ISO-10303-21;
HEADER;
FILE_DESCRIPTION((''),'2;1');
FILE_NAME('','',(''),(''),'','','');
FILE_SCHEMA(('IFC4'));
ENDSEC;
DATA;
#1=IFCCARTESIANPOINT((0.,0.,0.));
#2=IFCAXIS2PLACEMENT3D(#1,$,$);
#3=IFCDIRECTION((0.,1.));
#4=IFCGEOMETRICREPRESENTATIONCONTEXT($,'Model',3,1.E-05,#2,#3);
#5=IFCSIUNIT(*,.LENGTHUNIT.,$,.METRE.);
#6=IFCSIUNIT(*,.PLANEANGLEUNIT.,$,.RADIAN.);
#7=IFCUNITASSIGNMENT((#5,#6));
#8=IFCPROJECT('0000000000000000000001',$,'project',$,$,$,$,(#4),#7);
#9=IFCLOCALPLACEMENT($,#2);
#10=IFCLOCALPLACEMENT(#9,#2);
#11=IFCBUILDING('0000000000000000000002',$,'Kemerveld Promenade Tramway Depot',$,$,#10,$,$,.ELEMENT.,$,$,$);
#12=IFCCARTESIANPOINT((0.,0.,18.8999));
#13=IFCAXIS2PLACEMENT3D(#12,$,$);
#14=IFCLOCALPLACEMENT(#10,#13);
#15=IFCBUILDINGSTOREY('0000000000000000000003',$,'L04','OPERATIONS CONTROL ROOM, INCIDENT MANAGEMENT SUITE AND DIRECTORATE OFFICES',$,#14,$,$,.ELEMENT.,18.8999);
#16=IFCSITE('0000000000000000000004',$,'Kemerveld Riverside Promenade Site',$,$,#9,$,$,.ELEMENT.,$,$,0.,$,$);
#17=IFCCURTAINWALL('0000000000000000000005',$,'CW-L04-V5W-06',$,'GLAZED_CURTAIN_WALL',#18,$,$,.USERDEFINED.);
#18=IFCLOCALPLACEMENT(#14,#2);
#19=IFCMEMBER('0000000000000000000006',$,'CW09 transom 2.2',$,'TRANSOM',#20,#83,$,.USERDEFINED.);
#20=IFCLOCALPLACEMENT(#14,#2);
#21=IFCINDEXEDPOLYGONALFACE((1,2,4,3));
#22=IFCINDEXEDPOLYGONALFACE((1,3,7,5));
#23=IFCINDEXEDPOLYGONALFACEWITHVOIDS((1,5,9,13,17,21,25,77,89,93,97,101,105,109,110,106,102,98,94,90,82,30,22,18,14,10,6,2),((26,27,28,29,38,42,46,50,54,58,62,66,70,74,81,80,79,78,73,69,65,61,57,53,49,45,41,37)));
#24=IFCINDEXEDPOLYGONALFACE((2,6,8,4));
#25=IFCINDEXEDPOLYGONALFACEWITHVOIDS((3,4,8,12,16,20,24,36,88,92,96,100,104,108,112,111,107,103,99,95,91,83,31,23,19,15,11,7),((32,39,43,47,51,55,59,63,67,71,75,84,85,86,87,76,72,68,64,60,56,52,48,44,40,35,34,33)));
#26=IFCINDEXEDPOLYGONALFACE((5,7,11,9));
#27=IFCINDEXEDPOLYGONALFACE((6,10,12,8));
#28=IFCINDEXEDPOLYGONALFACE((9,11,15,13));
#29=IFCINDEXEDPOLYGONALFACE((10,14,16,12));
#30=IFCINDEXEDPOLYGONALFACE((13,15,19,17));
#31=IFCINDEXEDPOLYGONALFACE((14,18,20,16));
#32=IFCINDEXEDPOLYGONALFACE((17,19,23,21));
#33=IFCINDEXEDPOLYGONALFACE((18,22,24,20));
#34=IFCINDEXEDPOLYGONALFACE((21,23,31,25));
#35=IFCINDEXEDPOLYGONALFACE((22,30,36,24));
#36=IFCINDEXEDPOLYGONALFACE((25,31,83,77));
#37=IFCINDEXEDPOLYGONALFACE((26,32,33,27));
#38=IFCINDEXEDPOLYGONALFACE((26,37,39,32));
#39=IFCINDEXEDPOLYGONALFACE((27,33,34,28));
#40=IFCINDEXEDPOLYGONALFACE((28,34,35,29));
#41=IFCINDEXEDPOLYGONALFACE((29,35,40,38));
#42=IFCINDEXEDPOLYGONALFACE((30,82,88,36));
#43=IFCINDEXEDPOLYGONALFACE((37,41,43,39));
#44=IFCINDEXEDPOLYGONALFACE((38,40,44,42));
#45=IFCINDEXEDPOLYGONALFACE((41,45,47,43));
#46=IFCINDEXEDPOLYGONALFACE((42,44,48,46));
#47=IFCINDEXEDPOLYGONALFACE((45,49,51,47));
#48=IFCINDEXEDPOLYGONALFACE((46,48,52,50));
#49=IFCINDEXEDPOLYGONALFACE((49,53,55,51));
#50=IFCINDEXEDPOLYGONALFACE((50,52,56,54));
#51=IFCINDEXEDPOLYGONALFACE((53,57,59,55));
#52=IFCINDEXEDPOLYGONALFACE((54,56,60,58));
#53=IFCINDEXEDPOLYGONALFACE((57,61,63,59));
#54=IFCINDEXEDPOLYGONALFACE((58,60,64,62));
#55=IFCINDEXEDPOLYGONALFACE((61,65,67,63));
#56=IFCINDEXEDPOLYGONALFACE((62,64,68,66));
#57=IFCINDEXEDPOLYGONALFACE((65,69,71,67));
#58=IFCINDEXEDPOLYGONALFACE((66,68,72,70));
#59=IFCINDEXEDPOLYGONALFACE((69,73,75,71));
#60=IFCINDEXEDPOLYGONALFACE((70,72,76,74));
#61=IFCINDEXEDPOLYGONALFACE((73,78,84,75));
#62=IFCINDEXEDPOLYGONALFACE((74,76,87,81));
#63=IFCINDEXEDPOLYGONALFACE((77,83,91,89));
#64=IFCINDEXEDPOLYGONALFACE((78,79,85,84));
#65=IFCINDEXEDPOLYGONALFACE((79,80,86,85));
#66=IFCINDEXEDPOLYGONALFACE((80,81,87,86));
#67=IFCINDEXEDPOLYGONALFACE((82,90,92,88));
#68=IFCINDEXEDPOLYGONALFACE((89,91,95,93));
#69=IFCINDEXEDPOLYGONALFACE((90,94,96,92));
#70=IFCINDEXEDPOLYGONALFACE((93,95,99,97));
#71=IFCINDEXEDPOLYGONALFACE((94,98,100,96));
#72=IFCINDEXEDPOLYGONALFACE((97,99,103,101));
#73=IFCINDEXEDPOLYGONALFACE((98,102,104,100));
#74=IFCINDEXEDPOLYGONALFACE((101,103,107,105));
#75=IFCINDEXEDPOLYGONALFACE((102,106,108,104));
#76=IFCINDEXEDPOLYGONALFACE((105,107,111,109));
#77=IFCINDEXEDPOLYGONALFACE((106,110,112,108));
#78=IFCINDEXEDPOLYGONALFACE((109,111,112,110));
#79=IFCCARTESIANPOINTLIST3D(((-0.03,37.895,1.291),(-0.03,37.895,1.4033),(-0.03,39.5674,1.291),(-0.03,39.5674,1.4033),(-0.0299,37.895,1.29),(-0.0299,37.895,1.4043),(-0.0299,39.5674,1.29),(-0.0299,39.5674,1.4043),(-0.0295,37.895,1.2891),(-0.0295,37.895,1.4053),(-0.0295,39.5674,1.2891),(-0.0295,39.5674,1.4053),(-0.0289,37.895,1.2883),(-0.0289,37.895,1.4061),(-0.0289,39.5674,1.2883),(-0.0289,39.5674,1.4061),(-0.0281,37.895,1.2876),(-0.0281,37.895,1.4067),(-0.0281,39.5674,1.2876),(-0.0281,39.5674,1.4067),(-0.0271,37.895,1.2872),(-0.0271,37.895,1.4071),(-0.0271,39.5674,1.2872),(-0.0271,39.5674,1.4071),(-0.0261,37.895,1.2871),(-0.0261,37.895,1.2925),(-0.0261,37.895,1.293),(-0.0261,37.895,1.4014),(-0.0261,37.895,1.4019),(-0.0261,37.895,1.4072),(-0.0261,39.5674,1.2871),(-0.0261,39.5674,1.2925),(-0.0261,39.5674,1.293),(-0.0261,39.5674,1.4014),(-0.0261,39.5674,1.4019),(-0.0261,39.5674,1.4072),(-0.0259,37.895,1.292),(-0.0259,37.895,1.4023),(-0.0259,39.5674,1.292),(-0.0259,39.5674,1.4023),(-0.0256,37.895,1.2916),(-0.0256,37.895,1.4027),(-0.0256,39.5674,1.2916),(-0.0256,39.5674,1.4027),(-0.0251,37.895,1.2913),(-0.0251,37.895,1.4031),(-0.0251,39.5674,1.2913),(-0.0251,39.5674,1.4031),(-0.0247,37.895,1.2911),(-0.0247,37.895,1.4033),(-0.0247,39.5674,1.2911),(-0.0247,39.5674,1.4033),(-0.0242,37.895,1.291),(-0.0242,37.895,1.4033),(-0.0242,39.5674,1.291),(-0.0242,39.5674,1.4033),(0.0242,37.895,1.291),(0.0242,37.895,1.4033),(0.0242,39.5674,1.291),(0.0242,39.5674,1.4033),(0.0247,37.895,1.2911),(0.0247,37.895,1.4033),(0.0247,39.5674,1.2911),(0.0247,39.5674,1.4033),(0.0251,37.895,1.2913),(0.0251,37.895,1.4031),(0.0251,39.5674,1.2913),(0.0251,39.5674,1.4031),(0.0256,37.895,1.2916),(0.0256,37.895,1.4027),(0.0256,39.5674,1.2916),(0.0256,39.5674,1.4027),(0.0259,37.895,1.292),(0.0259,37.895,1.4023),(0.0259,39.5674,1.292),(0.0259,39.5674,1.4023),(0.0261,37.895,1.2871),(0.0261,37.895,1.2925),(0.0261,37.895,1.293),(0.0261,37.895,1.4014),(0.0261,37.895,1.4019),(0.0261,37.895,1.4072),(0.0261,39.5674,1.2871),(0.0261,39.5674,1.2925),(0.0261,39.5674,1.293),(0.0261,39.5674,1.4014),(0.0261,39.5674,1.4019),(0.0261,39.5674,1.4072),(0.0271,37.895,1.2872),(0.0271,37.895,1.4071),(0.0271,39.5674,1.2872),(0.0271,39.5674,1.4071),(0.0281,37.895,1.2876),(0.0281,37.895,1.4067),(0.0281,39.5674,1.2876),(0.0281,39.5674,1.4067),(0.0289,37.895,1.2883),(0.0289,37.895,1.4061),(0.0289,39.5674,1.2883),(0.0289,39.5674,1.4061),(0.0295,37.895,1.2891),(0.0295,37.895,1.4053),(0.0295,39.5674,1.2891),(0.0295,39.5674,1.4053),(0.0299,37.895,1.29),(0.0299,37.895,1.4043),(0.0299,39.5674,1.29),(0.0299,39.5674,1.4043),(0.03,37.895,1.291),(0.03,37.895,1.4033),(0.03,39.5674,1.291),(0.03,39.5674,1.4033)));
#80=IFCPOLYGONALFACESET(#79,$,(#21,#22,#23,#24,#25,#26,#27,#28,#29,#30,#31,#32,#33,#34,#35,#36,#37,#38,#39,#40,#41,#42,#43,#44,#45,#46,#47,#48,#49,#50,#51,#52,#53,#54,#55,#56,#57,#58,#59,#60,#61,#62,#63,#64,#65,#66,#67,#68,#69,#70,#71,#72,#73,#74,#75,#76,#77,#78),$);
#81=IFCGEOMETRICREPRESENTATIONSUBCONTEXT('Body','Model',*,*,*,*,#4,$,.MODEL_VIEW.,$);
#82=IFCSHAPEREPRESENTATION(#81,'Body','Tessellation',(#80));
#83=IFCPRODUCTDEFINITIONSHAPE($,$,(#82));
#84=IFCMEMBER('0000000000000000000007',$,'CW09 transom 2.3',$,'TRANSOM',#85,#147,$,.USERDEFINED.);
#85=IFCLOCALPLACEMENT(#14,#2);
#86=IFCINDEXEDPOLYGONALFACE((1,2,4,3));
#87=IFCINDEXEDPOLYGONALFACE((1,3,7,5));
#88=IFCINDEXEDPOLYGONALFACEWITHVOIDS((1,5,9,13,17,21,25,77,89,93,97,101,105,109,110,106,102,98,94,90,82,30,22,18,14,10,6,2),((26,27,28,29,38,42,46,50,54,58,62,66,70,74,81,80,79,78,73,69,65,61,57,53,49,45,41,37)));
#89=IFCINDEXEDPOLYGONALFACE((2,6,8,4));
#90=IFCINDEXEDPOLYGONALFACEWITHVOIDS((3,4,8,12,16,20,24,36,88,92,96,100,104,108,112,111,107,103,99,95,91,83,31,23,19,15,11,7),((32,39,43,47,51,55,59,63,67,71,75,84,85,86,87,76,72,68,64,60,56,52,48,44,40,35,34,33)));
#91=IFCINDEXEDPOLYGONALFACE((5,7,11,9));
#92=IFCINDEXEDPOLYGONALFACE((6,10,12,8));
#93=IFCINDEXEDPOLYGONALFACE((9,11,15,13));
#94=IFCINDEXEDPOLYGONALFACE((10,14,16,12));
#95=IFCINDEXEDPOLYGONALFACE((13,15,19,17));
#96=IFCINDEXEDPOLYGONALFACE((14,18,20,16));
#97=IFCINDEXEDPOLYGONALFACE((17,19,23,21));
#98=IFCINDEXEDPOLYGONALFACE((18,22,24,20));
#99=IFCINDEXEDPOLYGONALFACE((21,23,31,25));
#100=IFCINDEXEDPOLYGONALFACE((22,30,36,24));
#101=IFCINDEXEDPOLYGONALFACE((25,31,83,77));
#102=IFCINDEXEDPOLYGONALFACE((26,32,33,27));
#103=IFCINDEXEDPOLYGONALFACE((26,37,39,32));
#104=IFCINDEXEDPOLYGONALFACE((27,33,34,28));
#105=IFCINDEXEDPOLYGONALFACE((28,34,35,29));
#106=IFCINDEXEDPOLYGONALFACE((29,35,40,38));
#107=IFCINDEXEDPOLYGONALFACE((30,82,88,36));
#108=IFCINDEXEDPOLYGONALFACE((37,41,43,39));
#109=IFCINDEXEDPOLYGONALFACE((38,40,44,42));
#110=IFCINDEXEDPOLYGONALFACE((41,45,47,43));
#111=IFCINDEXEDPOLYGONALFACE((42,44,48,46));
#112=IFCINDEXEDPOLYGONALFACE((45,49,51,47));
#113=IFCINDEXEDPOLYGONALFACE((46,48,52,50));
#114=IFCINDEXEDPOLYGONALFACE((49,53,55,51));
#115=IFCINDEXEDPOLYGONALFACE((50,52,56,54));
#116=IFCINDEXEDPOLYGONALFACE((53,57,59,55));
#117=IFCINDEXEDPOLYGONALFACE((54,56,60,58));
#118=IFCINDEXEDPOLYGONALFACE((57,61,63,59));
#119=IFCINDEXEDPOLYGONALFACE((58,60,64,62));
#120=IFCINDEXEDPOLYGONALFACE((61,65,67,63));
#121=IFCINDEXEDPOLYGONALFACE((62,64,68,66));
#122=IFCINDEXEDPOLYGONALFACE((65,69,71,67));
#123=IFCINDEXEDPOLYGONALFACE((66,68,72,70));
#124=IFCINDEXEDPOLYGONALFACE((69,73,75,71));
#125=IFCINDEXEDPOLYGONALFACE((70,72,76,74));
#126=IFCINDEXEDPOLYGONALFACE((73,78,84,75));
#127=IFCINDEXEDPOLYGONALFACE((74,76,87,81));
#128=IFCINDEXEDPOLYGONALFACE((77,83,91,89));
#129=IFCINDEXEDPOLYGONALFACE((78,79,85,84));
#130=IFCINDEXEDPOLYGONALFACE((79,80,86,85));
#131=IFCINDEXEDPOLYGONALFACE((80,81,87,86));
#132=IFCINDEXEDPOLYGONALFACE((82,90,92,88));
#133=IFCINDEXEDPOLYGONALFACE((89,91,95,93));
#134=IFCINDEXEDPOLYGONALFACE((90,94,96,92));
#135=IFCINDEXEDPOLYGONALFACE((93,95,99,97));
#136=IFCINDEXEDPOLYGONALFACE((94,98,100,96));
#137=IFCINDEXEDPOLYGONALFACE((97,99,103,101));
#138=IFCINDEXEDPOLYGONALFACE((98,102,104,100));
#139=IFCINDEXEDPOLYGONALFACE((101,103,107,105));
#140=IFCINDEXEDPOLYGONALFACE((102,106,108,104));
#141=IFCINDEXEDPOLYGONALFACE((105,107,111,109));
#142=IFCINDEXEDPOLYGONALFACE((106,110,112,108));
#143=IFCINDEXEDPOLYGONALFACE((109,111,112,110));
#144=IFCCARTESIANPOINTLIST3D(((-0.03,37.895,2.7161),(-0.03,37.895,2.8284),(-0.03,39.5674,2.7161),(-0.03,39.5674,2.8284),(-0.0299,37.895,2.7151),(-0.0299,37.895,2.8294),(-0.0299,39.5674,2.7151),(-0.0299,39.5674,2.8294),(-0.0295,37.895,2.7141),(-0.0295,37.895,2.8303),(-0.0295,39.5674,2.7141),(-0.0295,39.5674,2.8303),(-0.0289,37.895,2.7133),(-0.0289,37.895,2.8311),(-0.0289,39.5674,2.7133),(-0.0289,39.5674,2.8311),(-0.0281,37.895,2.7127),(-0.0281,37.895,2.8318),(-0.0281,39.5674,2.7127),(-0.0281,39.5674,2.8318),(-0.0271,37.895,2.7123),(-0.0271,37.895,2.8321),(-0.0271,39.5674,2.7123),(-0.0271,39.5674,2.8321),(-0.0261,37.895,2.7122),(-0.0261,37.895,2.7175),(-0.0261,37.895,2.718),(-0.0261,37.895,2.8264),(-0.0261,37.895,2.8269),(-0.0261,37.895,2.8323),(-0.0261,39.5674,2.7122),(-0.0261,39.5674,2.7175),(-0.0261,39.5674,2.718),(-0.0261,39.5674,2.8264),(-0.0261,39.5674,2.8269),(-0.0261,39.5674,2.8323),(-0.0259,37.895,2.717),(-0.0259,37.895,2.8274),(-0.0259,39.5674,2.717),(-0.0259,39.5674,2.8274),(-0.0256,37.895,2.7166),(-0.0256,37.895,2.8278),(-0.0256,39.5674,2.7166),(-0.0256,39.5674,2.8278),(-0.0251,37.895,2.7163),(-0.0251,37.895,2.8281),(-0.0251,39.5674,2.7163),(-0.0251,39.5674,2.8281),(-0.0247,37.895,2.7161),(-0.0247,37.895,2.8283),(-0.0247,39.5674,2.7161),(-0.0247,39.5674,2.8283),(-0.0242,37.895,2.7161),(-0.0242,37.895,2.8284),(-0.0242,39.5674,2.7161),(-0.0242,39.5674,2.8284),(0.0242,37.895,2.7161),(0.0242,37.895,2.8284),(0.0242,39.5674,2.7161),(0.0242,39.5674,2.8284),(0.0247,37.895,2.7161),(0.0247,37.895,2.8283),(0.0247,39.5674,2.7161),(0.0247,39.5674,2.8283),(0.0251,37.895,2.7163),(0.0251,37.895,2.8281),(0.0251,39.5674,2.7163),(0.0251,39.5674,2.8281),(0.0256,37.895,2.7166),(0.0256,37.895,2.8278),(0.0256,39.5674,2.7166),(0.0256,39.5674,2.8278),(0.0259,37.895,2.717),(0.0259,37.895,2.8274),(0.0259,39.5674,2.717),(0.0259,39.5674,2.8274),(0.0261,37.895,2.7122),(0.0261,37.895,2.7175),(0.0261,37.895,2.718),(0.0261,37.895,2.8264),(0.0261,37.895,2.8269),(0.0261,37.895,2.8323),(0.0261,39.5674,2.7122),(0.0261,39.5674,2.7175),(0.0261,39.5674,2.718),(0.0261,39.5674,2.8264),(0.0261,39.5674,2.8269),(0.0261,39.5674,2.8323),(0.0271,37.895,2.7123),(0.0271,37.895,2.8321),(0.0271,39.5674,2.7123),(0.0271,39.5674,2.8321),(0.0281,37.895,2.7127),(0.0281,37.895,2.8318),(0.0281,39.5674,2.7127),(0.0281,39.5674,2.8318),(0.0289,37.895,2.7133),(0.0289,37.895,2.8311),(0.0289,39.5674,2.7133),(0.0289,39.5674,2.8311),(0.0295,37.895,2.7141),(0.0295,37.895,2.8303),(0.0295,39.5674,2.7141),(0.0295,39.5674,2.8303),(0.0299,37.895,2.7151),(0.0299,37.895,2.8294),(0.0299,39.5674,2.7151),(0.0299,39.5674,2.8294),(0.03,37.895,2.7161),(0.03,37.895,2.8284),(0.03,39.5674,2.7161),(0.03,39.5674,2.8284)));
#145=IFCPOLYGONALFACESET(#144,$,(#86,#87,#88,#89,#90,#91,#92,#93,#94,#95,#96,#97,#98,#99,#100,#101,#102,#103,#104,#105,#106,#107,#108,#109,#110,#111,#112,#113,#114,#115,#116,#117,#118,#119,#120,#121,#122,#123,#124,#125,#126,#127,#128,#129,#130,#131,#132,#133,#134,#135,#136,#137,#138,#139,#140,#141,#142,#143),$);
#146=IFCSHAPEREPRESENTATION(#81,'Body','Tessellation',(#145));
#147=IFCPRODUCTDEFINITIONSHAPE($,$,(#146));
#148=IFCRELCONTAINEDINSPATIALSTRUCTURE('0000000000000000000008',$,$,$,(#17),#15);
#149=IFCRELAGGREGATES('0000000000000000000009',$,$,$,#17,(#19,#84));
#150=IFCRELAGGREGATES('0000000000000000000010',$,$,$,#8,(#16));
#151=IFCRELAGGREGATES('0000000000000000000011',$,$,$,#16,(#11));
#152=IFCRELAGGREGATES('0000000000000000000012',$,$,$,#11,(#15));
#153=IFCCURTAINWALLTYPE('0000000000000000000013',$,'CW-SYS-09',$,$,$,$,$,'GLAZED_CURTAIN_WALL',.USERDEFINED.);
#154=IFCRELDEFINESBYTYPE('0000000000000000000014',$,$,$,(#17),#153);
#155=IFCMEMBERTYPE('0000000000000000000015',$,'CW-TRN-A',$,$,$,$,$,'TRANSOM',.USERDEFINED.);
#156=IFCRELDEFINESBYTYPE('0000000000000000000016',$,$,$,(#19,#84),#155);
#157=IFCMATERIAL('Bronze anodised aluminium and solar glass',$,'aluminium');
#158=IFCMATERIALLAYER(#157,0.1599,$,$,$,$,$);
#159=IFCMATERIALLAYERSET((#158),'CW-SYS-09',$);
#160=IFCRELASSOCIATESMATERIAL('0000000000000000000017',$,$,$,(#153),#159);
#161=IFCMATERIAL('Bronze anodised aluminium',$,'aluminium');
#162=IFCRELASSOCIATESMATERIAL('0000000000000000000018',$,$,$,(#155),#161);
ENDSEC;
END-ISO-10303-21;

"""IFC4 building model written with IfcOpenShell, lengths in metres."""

from ifc_helpers import new_model, si_unit, direction, frame, origin, origin_2d, place, context, subcontext, project, spatial, hollow_rectangle, extrude, material, layer, layer_set, material_profile, profile_set, type_object, element, aggregate, save


model = new_model("IFC4")

# Units and contexts
model_context = context("Model", 3, precision=1e-05, world=origin(), true_north=direction((0.0, 1.0)))
body_context = subcontext(model_context, "Body", "Model", "MODEL_VIEW")
ifc_project = project(units=[si_unit("LENGTHUNIT", "METRE"), si_unit("PLANEANGLEUNIT", "RADIAN")], contexts=[model_context])

# Site, building, storey
site_placement = place(None, origin())
site = spatial("IfcSite", under=ifc_project, at=site_placement, Name="Kemerveld Riverside Promenade Site", CompositionType="ELEMENT", RefElevation=0.0)
building_placement = place(site_placement, origin())
building = spatial("IfcBuilding", under=site, at=building_placement, Name="Kemerveld Promenade Tramway Depot", CompositionType="ELEMENT")
storey_placement = place(building_placement, frame((0.0, 0.0, 18.8999)))
storey = spatial("IfcBuildingStorey", under=building, at=storey_placement, Name="L04", Description="OPERATIONS CONTROL ROOM, INCIDENT MANAGEMENT SUITE AND DIRECTORATE OFFICES", CompositionType="ELEMENT", Elevation=18.8999)

# Curtain wall, members
ifc_material_1 = material(Name="Bronze anodised aluminium and solar glass", Category="aluminium")
ifc_layer_1 = layer(ifc_material_1, 0.1599)
ifc_layer_set_1 = layer_set([ifc_layer_1], Name="CW-SYS-09")
curtain_wall_type = type_object("IfcCurtainWallType", Name="CW-SYS-09", ElementType="GLAZED_CURTAIN_WALL", PredefinedType="USERDEFINED", material=ifc_layer_set_1)
curtain_wall_placement = place(storey_placement, origin())
curtain_wall = element("IfcCurtainWall", 1, at=curtain_wall_placement, inside=storey, type_object=curtain_wall_type, Name="CW-L04-V5W-06", ObjectType="GLAZED_CURTAIN_WALL", PredefinedType="USERDEFINED")
ifc_material_2 = material(Name="Bronze anodised aluminium", Category="aluminium")
ifc_material_profile_1 = material_profile(ifc_material_2, hollow_rectangle(XDim=0.0601, YDim=0.1201, WallThickness=0.0039, InnerFilletRadius=0.002, OuterFilletRadius=0.0039, at=origin_2d()), Name="CW-TRN-120x60")
ifc_profile_set_1 = profile_set([ifc_material_profile_1], Name="Bronze anodised aluminium")
member_type_1 = type_object("IfcMemberType", Name="CW-TRN-A", ElementType="TRANSOM", PredefinedType="USERDEFINED", material=ifc_profile_set_1)
member_1_placement = place(storey_placement, frame((0.0, 37.895, 1.3472), z_axis=(0.0, 1.0, 0.0), x_axis=(-1.0, 0.0, 0.0)))
member_1 = element("IfcMember", 2, at=member_1_placement, type_object=member_type_1, Name="CW09 transom 2.2", ObjectType="TRANSOM", PredefinedType="USERDEFINED", context=body_context, shape_type="SweptSolid", body=[
    extrude(hollow_rectangle(XDim=0.0601, YDim=0.1201, WallThickness=0.0039, InnerFilletRadius=0.002, OuterFilletRadius=0.0039, at=origin_2d()), origin(), (0.0, 0.0, 1.0), 1.6724),
])
member_2_placement = place(storey_placement, frame((0.0, 37.895, 2.7722), z_axis=(0.0, 1.0, 0.0), x_axis=(-1.0, 0.0, 0.0)))
member_2 = element("IfcMember", 3, at=member_2_placement, type_object=member_type_1, Name="CW09 transom 2.3", ObjectType="TRANSOM", PredefinedType="USERDEFINED", context=body_context, shape_type="SweptSolid", body=[
    extrude(hollow_rectangle(XDim=0.0601, YDim=0.1201, WallThickness=0.0039, InnerFilletRadius=0.002, OuterFilletRadius=0.0039, at=origin_2d()), origin(), (0.0, 0.0, 1.0), 1.6724),
])
aggregate(curtain_wall, [member_1, member_2])

save(model, "model.ifc")
